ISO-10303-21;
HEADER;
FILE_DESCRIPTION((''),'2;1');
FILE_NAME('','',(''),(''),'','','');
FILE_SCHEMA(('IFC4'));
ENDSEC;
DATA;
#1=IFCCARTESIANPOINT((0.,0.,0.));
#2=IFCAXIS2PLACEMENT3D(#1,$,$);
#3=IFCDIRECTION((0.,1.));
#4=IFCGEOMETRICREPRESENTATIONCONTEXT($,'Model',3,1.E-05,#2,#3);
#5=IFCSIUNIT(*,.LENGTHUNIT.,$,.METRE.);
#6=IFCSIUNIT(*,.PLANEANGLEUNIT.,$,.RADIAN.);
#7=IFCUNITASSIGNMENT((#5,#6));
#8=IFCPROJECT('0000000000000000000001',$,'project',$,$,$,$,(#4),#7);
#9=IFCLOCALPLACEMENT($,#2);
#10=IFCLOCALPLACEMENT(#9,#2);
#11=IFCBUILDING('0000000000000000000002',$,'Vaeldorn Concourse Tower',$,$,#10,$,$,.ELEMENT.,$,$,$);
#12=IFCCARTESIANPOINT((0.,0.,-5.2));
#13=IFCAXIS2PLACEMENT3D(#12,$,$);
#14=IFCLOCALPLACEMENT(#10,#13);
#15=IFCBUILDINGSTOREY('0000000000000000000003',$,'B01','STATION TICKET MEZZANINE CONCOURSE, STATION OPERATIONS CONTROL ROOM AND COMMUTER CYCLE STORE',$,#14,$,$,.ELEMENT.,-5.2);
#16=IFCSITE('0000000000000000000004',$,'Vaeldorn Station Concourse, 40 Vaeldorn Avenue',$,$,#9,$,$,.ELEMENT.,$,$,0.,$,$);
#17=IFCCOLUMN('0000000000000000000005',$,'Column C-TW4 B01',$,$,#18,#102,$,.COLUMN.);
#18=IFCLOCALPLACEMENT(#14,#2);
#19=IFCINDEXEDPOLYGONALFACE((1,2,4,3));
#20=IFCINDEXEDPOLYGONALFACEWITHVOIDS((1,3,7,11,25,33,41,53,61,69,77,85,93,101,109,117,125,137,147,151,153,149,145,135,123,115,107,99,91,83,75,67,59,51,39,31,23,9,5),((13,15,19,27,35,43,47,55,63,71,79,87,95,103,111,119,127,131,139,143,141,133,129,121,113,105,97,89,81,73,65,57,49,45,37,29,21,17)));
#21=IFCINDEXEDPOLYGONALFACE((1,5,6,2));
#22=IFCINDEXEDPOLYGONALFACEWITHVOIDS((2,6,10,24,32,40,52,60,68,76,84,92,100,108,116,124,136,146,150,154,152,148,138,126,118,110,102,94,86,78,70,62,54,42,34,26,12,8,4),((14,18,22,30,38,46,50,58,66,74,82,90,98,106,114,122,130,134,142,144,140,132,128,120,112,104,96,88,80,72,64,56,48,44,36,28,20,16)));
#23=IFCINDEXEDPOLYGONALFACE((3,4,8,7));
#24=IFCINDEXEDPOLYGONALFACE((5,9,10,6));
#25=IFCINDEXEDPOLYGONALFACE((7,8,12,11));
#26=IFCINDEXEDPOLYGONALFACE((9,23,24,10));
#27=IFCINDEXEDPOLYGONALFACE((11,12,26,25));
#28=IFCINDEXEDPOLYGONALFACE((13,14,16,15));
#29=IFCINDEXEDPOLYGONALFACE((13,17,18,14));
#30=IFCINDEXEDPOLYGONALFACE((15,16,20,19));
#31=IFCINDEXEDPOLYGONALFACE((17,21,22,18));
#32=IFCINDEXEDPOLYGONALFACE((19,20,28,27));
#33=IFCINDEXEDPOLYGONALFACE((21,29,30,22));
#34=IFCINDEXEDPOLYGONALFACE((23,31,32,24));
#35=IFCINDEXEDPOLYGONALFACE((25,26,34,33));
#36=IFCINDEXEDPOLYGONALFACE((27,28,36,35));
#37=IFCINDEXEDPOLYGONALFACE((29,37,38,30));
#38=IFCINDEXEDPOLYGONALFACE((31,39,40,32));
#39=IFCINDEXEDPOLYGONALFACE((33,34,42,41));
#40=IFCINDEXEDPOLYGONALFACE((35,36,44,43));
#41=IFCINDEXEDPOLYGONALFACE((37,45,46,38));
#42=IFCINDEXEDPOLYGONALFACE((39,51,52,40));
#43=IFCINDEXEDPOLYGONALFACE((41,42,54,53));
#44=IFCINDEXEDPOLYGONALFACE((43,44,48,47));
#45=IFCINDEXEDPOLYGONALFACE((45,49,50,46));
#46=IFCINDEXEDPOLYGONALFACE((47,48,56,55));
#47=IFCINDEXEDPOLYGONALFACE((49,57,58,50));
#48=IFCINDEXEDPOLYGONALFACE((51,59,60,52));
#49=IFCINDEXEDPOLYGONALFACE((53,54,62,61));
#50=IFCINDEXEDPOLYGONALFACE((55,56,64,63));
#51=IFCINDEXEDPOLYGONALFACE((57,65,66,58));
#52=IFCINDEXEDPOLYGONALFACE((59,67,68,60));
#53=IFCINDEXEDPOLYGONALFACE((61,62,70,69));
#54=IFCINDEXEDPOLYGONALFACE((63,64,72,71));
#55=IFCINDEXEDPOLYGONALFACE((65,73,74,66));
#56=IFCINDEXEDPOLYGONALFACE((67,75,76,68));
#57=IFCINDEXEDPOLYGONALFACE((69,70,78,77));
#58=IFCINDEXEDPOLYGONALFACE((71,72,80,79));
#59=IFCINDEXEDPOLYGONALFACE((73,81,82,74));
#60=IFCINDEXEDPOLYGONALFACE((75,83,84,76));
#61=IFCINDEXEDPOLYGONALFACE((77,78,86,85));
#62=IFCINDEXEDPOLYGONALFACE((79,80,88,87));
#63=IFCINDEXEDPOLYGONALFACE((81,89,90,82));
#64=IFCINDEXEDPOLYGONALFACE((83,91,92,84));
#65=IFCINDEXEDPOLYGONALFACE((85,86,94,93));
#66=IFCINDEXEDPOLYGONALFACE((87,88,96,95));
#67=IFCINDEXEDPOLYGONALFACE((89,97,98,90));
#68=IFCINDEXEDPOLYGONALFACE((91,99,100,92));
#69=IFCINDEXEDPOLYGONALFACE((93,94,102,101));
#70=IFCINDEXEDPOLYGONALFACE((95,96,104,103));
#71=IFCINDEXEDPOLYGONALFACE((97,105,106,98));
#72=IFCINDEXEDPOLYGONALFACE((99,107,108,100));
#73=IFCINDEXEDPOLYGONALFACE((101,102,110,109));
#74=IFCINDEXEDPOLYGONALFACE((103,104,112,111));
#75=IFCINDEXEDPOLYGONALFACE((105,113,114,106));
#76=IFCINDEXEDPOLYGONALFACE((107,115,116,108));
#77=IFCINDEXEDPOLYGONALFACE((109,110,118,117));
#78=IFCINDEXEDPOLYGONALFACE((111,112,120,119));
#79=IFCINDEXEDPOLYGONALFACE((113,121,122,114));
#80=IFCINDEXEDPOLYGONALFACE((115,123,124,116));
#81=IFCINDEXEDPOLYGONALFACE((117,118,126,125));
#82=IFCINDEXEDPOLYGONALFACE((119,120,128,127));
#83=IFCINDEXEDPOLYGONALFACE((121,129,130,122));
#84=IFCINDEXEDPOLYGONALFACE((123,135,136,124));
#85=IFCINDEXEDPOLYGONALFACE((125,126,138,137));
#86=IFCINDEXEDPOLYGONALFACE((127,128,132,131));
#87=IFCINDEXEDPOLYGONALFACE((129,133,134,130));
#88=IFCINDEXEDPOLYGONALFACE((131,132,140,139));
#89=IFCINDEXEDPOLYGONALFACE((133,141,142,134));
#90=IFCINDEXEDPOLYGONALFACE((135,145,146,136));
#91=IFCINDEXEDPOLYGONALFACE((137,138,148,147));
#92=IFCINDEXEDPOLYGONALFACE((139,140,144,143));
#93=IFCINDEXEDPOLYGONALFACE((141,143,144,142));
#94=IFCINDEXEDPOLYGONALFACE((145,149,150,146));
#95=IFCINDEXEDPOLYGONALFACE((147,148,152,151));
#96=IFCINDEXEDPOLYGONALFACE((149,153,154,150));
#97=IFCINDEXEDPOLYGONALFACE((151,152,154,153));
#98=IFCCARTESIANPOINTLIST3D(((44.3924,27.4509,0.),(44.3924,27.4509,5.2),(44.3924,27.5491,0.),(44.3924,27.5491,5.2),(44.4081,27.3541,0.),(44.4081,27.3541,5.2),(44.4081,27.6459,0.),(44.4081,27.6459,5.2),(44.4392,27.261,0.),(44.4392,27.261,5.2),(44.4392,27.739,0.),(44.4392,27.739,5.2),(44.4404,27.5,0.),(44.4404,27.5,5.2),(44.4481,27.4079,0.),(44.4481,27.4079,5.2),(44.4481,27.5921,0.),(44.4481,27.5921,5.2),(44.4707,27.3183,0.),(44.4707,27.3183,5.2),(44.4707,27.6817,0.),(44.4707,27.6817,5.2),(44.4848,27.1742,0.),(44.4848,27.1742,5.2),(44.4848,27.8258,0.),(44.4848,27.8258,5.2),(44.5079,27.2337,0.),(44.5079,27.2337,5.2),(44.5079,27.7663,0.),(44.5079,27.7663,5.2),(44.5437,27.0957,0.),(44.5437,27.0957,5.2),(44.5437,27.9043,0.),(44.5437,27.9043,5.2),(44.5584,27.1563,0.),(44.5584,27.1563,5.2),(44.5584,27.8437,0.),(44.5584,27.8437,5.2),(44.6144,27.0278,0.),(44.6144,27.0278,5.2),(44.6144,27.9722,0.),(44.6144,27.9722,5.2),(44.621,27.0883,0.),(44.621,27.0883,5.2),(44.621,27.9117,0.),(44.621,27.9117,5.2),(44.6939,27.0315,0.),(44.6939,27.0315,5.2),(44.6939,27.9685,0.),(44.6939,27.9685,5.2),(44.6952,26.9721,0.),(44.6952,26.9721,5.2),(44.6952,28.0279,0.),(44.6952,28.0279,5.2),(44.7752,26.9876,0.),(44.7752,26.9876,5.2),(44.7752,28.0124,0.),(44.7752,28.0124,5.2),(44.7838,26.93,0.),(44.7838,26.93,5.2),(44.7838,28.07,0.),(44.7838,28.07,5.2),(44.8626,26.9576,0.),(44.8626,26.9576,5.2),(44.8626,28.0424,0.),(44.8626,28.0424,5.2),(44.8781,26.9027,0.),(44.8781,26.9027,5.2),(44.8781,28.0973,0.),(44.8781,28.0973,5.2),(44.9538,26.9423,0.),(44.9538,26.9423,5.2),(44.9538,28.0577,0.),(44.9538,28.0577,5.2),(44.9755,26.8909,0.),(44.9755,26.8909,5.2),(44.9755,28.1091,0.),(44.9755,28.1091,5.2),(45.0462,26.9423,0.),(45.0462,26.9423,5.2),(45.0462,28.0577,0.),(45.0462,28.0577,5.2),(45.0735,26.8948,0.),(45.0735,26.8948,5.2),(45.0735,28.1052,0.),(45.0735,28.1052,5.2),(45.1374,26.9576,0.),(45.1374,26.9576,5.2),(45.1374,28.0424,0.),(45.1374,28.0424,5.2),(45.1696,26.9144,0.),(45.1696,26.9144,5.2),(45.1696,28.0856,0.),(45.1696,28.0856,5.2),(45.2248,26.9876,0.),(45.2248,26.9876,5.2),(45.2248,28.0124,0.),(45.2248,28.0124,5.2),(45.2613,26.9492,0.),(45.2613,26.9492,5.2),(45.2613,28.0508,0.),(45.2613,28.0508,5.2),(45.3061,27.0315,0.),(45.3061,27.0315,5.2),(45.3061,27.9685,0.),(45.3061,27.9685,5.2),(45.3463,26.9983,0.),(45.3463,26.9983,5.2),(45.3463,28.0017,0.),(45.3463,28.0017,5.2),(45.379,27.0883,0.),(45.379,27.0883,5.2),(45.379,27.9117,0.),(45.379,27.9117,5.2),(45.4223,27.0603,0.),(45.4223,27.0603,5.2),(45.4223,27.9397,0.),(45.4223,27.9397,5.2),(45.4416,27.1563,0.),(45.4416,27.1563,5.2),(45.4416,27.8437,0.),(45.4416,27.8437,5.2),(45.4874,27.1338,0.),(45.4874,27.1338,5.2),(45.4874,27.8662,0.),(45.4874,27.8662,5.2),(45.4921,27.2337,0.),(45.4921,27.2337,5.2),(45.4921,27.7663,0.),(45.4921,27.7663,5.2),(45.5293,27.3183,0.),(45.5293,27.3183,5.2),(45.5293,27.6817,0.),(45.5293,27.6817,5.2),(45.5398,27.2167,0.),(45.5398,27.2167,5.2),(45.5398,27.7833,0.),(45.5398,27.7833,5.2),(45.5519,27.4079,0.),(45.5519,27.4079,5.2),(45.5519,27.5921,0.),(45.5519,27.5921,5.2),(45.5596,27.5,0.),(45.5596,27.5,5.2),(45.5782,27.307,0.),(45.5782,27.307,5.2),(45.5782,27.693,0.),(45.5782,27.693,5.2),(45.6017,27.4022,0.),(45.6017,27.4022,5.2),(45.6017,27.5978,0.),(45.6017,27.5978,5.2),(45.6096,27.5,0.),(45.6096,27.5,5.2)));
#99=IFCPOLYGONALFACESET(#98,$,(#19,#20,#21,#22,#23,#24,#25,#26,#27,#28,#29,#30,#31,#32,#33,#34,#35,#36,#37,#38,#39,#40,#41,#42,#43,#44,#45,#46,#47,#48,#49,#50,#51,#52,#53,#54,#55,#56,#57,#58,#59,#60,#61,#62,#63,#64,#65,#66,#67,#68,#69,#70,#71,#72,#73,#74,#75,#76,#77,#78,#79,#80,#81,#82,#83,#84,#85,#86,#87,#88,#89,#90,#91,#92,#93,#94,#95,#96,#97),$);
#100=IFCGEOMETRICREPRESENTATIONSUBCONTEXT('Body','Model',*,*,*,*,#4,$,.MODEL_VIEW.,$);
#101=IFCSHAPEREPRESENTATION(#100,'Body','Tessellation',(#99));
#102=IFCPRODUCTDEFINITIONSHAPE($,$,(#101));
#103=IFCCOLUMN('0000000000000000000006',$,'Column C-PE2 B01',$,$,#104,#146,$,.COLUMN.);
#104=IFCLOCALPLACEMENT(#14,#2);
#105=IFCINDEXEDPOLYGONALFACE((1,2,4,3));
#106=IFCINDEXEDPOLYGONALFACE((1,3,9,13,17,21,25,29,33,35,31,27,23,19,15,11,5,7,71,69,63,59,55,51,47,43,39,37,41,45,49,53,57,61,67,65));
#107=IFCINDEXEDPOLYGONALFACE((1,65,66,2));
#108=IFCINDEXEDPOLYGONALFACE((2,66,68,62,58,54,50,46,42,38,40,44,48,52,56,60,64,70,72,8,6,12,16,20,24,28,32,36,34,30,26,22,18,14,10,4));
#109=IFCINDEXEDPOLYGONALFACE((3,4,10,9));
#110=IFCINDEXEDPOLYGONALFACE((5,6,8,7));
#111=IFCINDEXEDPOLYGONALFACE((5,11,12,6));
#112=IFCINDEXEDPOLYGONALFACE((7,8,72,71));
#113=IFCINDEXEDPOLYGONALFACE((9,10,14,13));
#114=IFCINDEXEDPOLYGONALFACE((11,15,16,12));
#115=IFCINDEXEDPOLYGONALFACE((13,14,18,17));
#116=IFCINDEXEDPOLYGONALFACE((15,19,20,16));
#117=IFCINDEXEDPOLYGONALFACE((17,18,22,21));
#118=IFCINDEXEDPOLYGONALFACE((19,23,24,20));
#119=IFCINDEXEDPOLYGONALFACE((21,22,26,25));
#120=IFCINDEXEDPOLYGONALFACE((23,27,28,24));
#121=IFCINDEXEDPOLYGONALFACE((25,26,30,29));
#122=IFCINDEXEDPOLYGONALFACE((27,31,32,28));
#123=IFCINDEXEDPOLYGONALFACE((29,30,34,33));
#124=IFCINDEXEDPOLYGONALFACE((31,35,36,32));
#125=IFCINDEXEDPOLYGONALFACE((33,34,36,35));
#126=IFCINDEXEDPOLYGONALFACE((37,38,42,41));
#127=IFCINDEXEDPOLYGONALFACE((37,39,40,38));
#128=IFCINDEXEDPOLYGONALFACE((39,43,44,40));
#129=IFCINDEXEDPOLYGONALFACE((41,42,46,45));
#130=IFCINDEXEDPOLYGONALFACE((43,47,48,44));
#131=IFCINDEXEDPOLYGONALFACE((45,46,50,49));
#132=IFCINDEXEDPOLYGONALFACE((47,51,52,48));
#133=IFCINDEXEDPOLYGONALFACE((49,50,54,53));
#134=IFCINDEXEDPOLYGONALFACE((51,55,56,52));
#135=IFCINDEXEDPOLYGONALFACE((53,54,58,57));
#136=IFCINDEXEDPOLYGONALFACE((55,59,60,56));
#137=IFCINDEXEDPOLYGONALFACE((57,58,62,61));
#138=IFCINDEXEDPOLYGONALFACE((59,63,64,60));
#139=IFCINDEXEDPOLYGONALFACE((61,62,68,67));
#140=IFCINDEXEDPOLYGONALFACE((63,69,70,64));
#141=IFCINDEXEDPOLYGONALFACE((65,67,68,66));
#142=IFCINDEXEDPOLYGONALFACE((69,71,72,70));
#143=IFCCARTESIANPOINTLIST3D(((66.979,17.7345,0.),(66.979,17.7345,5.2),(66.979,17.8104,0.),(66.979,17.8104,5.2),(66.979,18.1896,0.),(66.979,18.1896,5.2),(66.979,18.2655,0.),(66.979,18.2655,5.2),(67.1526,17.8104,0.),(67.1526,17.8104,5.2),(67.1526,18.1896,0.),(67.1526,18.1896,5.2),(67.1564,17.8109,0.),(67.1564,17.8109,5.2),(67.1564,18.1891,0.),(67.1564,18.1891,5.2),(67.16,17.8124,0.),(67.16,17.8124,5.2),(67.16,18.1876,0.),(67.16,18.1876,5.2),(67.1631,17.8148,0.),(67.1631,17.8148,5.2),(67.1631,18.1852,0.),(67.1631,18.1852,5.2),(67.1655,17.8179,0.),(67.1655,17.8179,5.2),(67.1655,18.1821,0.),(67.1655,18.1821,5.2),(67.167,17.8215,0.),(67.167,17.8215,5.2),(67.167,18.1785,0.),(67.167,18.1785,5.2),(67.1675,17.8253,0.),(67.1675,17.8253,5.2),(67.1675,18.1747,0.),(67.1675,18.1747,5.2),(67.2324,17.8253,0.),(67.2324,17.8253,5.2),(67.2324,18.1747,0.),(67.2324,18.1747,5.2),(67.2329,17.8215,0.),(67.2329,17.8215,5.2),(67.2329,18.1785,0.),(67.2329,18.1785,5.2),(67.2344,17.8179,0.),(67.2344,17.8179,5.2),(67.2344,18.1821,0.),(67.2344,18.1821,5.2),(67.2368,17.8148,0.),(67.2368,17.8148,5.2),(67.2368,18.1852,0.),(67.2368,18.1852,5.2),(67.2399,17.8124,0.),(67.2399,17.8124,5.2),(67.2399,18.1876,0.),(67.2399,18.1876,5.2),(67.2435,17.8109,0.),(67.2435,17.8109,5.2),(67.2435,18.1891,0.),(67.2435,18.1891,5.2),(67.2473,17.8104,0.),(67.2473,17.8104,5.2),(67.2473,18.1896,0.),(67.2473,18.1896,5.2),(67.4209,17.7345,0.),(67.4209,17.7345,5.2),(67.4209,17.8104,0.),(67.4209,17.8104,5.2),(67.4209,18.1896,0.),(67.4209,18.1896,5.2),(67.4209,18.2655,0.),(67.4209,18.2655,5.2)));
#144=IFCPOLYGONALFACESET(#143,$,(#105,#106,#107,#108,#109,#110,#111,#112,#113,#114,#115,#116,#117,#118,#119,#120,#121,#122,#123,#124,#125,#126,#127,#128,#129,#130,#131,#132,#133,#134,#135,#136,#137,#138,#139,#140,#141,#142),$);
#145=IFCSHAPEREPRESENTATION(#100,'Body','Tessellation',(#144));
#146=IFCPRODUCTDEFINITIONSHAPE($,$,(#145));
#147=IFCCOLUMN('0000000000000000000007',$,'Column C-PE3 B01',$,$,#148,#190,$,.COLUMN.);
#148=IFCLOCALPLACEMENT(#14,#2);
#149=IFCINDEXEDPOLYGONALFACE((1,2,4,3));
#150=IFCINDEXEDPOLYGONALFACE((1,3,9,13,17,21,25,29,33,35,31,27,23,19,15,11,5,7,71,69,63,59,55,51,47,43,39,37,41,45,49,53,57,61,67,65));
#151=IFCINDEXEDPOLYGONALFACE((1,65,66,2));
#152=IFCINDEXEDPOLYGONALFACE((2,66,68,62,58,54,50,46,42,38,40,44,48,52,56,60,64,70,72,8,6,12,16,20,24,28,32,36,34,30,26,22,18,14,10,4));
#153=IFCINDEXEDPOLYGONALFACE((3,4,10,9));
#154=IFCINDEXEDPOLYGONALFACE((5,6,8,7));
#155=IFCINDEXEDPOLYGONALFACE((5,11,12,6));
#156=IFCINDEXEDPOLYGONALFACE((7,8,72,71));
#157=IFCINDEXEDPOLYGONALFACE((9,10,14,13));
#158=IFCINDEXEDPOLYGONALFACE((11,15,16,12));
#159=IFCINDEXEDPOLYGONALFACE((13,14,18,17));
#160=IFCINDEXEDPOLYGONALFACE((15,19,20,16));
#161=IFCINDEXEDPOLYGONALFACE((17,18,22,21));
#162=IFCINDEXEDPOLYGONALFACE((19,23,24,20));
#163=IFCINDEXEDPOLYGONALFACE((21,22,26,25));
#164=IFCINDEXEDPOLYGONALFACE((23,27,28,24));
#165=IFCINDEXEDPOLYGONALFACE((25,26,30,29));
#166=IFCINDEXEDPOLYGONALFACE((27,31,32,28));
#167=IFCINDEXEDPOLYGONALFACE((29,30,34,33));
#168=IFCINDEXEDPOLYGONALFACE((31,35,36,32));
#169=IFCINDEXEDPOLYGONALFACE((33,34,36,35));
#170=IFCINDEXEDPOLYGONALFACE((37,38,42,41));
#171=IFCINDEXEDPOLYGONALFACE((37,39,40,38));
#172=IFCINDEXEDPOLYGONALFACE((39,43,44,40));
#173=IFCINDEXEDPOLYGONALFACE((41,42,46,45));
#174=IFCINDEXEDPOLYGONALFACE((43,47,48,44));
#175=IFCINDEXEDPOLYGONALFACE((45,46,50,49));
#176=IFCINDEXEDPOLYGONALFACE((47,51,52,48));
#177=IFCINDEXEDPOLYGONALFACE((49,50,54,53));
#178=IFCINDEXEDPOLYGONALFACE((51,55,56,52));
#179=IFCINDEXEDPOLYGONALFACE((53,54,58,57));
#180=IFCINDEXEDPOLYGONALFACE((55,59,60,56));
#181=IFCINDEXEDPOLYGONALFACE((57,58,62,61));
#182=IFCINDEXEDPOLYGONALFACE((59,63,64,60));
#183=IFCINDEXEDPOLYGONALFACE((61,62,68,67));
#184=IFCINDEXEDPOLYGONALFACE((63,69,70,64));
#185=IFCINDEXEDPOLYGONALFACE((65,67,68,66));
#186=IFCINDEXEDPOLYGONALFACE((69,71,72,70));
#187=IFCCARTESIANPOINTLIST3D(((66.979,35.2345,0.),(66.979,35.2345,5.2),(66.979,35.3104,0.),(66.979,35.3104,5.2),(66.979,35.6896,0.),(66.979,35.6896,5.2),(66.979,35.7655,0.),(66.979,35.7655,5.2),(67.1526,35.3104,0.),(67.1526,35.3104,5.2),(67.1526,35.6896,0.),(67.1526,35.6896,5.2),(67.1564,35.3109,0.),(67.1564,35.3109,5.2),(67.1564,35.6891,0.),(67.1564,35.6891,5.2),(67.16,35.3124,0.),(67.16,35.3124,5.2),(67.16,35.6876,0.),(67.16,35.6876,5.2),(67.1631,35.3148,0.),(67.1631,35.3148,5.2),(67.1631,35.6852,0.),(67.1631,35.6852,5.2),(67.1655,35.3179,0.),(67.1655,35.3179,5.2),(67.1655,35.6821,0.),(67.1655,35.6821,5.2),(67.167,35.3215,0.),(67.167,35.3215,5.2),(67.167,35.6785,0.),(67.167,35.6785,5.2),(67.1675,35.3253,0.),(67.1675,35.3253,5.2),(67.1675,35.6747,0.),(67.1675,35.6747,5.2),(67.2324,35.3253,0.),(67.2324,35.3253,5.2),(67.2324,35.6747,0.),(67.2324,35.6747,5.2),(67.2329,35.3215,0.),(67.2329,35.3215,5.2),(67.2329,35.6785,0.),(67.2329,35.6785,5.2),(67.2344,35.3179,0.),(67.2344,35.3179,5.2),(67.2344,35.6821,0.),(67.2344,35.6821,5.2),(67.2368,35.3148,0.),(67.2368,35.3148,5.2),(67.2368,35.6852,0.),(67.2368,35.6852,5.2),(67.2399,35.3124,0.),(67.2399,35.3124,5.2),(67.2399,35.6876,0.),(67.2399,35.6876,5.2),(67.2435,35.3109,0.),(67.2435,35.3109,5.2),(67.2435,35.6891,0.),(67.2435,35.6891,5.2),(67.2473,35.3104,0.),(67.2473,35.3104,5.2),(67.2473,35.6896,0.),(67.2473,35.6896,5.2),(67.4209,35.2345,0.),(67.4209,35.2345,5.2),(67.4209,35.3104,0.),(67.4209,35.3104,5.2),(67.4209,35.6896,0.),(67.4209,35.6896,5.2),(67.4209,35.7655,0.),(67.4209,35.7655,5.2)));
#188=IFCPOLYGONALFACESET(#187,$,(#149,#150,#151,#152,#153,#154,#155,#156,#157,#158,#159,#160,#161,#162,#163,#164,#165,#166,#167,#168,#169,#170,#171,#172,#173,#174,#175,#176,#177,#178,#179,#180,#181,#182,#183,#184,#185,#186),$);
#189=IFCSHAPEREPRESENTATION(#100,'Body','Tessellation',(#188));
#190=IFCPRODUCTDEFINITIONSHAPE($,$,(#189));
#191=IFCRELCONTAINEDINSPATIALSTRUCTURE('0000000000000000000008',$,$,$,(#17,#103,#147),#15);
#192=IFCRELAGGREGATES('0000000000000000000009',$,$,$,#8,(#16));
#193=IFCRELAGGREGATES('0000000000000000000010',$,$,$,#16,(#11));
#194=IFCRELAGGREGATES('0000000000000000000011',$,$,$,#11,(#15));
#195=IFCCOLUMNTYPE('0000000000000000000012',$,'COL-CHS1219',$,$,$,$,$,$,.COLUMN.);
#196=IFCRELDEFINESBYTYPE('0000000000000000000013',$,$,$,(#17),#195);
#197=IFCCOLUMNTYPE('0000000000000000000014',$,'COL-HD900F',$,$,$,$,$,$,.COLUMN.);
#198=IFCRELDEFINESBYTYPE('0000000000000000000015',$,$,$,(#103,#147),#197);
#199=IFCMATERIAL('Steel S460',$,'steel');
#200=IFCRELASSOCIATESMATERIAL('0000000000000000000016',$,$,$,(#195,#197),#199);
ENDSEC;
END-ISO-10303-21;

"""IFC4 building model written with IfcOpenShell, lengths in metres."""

from ifc_helpers import new_model, si_unit, direction, frame, origin, origin_2d, place, context, subcontext, project, spatial, hollow_circle, i_section, extrude, source, transform, mapped, material, material_profile, profile_set, type_object, element, save


model = new_model("IFC4")

# Units and contexts
model_context = context("Model", 3, precision=1e-05, world=origin(), true_north=direction((0.0, 1.0)))
body_context = subcontext(model_context, "Body", "Model", "MODEL_VIEW")
ifc_project = project(units=[si_unit("LENGTHUNIT", "METRE"), si_unit("PLANEANGLEUNIT", "RADIAN")], contexts=[model_context])

# Site, building, storey
site_placement = place(None, origin())
site = spatial("IfcSite", under=ifc_project, at=site_placement, Name="Vaeldorn Station Concourse, 40 Vaeldorn Avenue", CompositionType="ELEMENT", RefElevation=0.0)
building_placement = place(site_placement, origin())
building = spatial("IfcBuilding", under=site, at=building_placement, Name="Vaeldorn Concourse Tower", CompositionType="ELEMENT")
storey_placement = place(building_placement, frame((0.0, 0.0, -5.2)))
storey = spatial("IfcBuildingStorey", under=building, at=storey_placement, Name="B01", Description="STATION TICKET MEZZANINE CONCOURSE, STATION OPERATIONS CONTROL ROOM AND COMMUTER CYCLE STORE", CompositionType="ELEMENT", Elevation=-5.2)

# Columns
ifc_material_1 = material(Name="Steel S460", Category="steel")
ifc_material_profile_1 = material_profile(ifc_material_1, hollow_circle(Radius=0.6096, WallThickness=0.05, at=origin_2d()), Name="CHS 1219x50")
ifc_profile_set_1 = profile_set([ifc_material_profile_1], Name="Steel S460")
column_type_1 = type_object("IfcColumnType", Name="COL-CHS1219", PredefinedType="COLUMN", material=ifc_profile_set_1)
shared_shape_1 = source(origin(), body_context, "Body", "SweptSolid", [
    extrude(hollow_circle(Radius=0.6096, WallThickness=0.05, at=origin_2d()), origin(), (0.0, 0.0, 1.0), 5.2),
])
column_1_placement = place(storey_placement, frame((45.0, 27.5, 0.0), z_axis=(0.0, 0.0, 1.0), x_axis=(1.0, 0.0, 0.0)))
element("IfcColumn", 1, at=column_1_placement, inside=storey, type_object=column_type_1, Name="Column C-TW4 B01", PredefinedType="COLUMN", context=body_context, shape_type="MappedRepresentation", body=[
    mapped(shared_shape_1, transform((0.0, 0.0, 0.0), scale=1.0)),
])
ifc_material_profile_2 = material_profile(ifc_material_1, i_section(OverallWidth=0.4419, OverallDepth=0.531, WebThickness=0.0649, FlangeThickness=0.0759, FilletRadius=0.0149, at=origin_2d()), Name="HD 400x900")
ifc_profile_set_2 = profile_set([ifc_material_profile_2], Name="Steel S460")
column_type_2 = type_object("IfcColumnType", Name="COL-HD900F", PredefinedType="COLUMN", material=ifc_profile_set_2)
shared_shape_2 = source(origin(), body_context, "Body", "SweptSolid", [
    extrude(i_section(OverallWidth=0.4419, OverallDepth=0.531, WebThickness=0.0649, FlangeThickness=0.0759, FilletRadius=0.0149, at=origin_2d()), origin(), (0.0, 0.0, 1.0), 5.2),
])
for number, where, z_axis, x_axis, name in (
    (2, (67.2, 18.0, 0.0), (0.0, 0.0, 1.0), (1.0, 0.0, 0.0), "Column C-PE2 B01"),
    (3, (67.2, 35.5, 0.0), (0.0, 0.0, 1.0), (1.0, 0.0, 0.0), "Column C-PE3 B01"),
):
    element("IfcColumn", number, at=place(storey_placement, frame(where, z_axis=z_axis, x_axis=x_axis)), inside=storey, type_object=column_type_2, Name=name, PredefinedType="COLUMN", context=body_context, shape_type="MappedRepresentation", body=[
        mapped(shared_shape_2, transform((0.0, 0.0, 0.0), scale=1.0)),
    ])

save(model, "model.ifc")
